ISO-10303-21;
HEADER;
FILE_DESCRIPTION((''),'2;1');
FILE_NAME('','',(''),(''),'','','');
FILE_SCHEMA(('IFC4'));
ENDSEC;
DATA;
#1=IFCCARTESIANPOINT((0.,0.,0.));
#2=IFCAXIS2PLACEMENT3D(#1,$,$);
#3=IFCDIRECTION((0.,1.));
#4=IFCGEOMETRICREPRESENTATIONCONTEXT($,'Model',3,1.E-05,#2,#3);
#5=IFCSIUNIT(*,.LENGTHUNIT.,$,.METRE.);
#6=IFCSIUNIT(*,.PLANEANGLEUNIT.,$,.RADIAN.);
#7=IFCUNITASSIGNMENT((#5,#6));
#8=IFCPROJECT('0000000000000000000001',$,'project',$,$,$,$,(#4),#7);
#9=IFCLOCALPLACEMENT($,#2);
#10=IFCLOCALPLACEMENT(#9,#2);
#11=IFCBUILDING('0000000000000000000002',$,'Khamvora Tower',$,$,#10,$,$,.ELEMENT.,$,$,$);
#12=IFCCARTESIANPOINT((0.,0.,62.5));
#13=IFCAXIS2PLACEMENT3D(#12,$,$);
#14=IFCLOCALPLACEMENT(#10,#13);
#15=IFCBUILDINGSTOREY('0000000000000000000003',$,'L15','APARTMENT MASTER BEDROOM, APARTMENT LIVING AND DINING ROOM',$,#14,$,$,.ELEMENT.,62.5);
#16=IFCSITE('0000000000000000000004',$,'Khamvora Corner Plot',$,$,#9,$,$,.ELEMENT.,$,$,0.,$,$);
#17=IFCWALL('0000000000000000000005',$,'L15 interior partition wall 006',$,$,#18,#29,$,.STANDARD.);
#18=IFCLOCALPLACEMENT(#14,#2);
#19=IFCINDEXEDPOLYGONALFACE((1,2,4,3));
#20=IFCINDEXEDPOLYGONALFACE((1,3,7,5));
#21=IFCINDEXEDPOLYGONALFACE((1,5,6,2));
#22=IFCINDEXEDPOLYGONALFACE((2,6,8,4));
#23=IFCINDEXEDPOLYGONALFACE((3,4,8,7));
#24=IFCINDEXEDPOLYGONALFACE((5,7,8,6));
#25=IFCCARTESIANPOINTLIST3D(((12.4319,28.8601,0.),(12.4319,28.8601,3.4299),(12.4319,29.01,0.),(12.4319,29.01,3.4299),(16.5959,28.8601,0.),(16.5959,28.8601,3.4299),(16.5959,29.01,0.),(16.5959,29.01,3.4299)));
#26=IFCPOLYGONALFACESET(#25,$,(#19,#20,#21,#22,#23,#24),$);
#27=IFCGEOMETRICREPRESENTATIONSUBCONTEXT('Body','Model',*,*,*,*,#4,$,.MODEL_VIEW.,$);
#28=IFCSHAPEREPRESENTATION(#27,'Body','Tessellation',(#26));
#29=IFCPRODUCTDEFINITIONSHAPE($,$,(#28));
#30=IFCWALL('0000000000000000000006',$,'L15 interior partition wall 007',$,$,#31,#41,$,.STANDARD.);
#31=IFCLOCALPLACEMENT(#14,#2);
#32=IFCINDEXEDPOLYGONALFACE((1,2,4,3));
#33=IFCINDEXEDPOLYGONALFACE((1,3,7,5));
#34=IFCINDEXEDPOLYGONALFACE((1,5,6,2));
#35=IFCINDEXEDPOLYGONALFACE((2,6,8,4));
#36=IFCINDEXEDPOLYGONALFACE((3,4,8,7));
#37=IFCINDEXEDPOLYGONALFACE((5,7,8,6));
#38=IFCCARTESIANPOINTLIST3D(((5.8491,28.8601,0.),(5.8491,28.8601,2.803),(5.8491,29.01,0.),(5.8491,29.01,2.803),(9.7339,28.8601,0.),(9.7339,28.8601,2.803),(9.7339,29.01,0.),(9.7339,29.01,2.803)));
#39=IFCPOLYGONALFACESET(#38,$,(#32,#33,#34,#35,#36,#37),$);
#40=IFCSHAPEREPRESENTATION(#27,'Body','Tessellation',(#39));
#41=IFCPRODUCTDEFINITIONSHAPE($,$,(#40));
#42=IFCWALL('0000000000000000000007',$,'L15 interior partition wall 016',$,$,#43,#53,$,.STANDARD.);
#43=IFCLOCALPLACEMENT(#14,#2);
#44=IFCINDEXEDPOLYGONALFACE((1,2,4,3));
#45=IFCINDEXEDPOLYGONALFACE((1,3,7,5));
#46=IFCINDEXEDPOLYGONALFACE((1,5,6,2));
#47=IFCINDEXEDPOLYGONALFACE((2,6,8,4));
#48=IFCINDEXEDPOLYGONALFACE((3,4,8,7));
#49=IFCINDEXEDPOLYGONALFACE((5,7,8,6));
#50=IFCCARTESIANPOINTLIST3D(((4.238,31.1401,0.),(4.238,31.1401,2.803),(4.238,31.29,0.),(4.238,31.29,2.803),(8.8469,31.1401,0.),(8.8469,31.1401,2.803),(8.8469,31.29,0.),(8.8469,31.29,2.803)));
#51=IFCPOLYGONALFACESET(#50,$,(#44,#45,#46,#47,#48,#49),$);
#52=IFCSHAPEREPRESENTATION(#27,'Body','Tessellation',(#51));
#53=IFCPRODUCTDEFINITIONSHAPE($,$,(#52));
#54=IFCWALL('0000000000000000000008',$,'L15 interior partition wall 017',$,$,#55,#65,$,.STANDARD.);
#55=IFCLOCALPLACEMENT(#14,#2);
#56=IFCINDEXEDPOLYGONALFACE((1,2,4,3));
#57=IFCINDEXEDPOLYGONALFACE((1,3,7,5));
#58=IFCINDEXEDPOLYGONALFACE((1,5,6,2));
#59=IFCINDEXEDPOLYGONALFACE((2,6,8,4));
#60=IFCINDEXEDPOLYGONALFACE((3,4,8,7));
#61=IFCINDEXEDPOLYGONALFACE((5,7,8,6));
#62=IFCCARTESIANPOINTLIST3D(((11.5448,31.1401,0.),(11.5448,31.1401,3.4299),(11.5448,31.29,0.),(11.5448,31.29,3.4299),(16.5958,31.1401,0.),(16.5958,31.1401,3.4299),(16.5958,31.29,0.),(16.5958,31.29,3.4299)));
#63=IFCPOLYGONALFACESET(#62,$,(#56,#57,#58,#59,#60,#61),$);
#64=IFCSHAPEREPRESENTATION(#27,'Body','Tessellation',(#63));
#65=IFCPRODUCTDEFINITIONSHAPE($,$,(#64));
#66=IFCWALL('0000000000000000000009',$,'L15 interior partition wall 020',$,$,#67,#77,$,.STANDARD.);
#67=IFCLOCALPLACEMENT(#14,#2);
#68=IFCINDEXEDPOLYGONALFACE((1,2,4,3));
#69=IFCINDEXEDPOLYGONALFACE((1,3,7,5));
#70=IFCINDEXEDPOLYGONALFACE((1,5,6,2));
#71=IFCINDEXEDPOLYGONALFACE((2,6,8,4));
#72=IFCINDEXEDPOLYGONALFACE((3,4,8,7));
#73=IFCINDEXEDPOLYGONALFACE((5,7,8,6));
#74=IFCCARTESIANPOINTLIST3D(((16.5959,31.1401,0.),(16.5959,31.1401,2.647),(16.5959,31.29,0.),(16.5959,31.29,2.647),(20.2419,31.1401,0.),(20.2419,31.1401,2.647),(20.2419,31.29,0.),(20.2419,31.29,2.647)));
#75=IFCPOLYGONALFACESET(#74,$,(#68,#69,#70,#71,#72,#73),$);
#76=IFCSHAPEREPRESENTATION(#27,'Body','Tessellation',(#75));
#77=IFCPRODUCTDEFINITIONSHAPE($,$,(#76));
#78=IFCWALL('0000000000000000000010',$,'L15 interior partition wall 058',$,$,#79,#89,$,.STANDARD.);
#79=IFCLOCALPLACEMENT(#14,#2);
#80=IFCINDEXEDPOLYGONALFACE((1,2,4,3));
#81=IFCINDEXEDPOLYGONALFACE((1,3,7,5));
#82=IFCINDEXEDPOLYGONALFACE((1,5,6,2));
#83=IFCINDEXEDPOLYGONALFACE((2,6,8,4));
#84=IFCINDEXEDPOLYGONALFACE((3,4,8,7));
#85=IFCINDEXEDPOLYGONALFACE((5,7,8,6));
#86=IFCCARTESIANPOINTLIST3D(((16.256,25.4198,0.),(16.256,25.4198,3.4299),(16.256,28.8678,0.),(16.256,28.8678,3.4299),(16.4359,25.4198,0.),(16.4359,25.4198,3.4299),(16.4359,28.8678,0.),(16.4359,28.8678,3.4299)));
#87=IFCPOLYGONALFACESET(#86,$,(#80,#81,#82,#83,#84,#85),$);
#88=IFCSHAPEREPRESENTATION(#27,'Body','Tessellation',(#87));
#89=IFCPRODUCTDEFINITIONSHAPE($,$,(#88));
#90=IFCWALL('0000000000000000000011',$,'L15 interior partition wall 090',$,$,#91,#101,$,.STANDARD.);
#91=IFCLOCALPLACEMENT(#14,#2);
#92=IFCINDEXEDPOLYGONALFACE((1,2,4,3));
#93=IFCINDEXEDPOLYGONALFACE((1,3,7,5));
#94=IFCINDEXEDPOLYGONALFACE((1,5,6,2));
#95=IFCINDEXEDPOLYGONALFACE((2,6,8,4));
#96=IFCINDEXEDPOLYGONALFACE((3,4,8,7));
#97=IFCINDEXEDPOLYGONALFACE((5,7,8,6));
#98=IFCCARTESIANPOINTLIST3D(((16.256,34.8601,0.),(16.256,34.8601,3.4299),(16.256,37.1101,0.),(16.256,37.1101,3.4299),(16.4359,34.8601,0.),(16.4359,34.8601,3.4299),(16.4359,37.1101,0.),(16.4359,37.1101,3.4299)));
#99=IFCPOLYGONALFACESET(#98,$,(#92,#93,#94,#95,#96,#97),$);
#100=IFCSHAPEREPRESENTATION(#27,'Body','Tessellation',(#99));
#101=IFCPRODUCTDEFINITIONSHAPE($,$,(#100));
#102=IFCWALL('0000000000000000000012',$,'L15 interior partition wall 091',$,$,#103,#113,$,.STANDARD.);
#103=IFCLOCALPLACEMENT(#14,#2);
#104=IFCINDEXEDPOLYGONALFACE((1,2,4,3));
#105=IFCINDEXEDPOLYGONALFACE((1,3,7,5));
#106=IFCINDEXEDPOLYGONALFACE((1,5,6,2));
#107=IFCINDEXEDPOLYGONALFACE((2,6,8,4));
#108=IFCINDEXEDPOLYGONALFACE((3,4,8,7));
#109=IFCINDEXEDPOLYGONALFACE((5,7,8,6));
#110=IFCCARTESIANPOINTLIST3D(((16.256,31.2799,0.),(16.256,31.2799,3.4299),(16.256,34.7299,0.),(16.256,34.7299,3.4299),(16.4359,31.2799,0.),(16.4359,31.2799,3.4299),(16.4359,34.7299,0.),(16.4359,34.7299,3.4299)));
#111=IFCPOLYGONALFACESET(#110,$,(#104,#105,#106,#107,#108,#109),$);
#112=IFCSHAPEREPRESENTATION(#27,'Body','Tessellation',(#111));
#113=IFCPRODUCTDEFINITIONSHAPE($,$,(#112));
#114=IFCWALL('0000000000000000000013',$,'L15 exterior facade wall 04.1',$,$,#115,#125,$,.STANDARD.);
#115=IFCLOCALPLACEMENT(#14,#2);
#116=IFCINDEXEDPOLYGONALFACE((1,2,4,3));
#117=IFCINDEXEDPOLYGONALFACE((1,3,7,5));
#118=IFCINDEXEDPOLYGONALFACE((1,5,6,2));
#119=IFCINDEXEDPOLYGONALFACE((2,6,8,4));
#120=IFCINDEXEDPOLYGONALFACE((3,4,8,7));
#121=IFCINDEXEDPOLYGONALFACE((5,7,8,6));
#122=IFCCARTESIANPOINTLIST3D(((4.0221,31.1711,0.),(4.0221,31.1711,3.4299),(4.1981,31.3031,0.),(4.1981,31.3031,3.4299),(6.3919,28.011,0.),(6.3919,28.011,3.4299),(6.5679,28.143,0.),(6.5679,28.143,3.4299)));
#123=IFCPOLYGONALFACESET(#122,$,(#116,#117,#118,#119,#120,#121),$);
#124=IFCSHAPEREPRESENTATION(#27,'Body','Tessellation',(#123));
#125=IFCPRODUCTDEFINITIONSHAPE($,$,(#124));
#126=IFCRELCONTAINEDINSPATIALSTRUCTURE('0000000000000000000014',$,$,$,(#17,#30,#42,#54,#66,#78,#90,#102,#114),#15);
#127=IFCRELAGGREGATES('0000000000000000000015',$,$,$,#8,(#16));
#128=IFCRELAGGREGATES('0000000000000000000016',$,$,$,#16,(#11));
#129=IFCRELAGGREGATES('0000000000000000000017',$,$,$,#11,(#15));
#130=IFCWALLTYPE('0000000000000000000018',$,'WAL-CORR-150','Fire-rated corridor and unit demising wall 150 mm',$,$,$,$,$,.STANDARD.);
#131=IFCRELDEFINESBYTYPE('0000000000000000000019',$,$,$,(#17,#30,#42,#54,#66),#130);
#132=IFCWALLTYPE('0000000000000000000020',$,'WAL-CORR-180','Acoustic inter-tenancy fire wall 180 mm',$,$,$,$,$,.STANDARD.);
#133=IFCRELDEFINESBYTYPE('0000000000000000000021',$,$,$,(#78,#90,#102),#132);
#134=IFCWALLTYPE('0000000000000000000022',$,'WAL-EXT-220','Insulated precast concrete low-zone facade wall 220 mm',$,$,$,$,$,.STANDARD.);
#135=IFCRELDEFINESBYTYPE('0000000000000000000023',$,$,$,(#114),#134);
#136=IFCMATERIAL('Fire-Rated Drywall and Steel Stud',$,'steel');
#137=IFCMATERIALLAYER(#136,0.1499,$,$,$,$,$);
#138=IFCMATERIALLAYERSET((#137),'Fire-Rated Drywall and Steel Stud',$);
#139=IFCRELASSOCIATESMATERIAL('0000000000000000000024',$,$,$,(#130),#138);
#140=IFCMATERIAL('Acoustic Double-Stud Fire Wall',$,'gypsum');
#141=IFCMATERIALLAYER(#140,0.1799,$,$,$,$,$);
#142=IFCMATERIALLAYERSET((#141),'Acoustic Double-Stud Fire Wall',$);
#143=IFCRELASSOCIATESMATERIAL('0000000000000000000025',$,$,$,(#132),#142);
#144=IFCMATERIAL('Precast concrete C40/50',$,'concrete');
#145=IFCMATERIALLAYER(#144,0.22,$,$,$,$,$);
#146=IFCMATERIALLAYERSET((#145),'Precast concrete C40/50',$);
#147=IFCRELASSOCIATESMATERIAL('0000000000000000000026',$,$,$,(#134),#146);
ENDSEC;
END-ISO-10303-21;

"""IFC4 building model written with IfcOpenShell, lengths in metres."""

from ifc_helpers import new_model, si_unit, direction, frame, frame_2d, origin, place, context, subcontext, project, spatial, rectangle, extrude, material, layer, layer_set, type_object, element, save


model = new_model("IFC4")

# Units and contexts
model_context = context("Model", 3, precision=1e-05, world=origin(), true_north=direction((0.0, 1.0)))
body_context = subcontext(model_context, "Body", "Model", "MODEL_VIEW")
ifc_project = project(units=[si_unit("LENGTHUNIT", "METRE"), si_unit("PLANEANGLEUNIT", "RADIAN")], contexts=[model_context])

# Site, building, storey
site_placement = place(None, origin())
site = spatial("IfcSite", under=ifc_project, at=site_placement, Name="Khamvora Corner Plot", CompositionType="ELEMENT", RefElevation=0.0)
building_placement = place(site_placement, origin())
building = spatial("IfcBuilding", under=site, at=building_placement, Name="Khamvora Tower", CompositionType="ELEMENT")
storey_placement = place(building_placement, frame((0.0, 0.0, 62.5)))
storey = spatial("IfcBuildingStorey", under=building, at=storey_placement, Name="L15", Description="APARTMENT MASTER BEDROOM, APARTMENT LIVING AND DINING ROOM", CompositionType="ELEMENT", Elevation=62.5)

# Shared definitions
ifc_material_1 = material(Name="Fire-Rated Drywall and Steel Stud", Category="steel")
ifc_layer_1 = layer(ifc_material_1, 0.1499)
ifc_layer_set_1 = layer_set([ifc_layer_1], Name="Fire-Rated Drywall and Steel Stud")
wall_type_1 = type_object("IfcWallType", Name="WAL-CORR-150", Description="Fire-rated corridor and unit demising wall 150 mm", PredefinedType="STANDARD", material=ifc_layer_set_1)

# Walls
wall_1_placement = place(storey_placement, frame((16.5959, 28.9351, 0.0), z_axis=(0.0, 0.0, 1.0), x_axis=(-1.0, 0.0, 0.0)))
element("IfcWall", 1, at=wall_1_placement, inside=storey, type_object=wall_type_1, Name="L15 interior partition wall 006", PredefinedType="STANDARD", context=body_context, shape_type="SweptSolid", body=[
    extrude(rectangle(XDim=4.1641, YDim=0.1499, at=frame_2d((2.082, 0.0))), origin(), (0.0, 0.0, 1.0), 3.4299),
])
wall_2_placement = place(storey_placement, frame((9.7339, 28.9351, 0.0), z_axis=(0.0, 0.0, 1.0), x_axis=(-1.0, 0.0, 0.0)))
element("IfcWall", 2, at=wall_2_placement, inside=storey, type_object=wall_type_1, Name="L15 interior partition wall 007", PredefinedType="STANDARD", context=body_context, shape_type="SweptSolid", body=[
    extrude(rectangle(XDim=3.8848, YDim=0.1499, at=frame_2d((1.9424, 0.0))), origin(), (0.0, 0.0, 1.0), 2.803),
])

# Walls
wall_3_placement = place(storey_placement, frame((4.238, 31.2151, 0.0), z_axis=(0.0, 0.0, 1.0), x_axis=(1.0, 0.0, 0.0)))
element("IfcWall", 3, at=wall_3_placement, inside=storey, type_object=wall_type_1, Name="L15 interior partition wall 016", PredefinedType="STANDARD", context=body_context, shape_type="SweptSolid", body=[
    extrude(rectangle(XDim=4.6089, YDim=0.1499, at=frame_2d((2.3044, 0.0))), origin(), (0.0, 0.0, 1.0), 2.803),
])
wall_4_placement = place(storey_placement, frame((11.5449, 31.2151, 0.0), z_axis=(0.0, 0.0, 1.0), x_axis=(1.0, 0.0, 0.0)))
element("IfcWall", 4, at=wall_4_placement, inside=storey, type_object=wall_type_1, Name="L15 interior partition wall 017", PredefinedType="STANDARD", context=body_context, shape_type="SweptSolid", body=[
    extrude(rectangle(XDim=5.051, YDim=0.1499, at=frame_2d((2.5254, 0.0))), origin(), (0.0, 0.0, 1.0), 3.4299),
])
wall_5_placement = place(storey_placement, frame((16.5959, 31.2151, 0.0), z_axis=(0.0, 0.0, 1.0), x_axis=(1.0, 0.0, 0.0)))
element("IfcWall", 5, at=wall_5_placement, inside=storey, type_object=wall_type_1, Name="L15 interior partition wall 020", PredefinedType="STANDARD", context=body_context, shape_type="SweptSolid", body=[
    extrude(rectangle(XDim=3.646, YDim=0.1499, at=frame_2d((1.823, 0.0))), origin(), (0.0, 0.0, 1.0), 2.647),
])
ifc_material_2 = material(Name="Acoustic Double-Stud Fire Wall", Category="gypsum")
ifc_layer_2 = layer(ifc_material_2, 0.1799)
ifc_layer_set_2 = layer_set([ifc_layer_2], Name="Acoustic Double-Stud Fire Wall")
wall_type_2 = type_object("IfcWallType", Name="WAL-CORR-180", Description="Acoustic inter-tenancy fire wall 180 mm", PredefinedType="STANDARD", material=ifc_layer_set_2)
wall_6_placement = place(storey_placement, frame((16.3459, 28.8679, 0.0), z_axis=(0.0, 0.0, 1.0), x_axis=(0.0, -1.0, 0.0)))
element("IfcWall", 6, at=wall_6_placement, inside=storey, type_object=wall_type_2, Name="L15 interior partition wall 058", PredefinedType="STANDARD", context=body_context, shape_type="SweptSolid", body=[
    extrude(rectangle(XDim=3.448, YDim=0.1799, at=frame_2d((1.7241, 0.0))), origin(), (0.0, 0.0, 1.0), 3.4299),
])
wall_7_placement = place(storey_placement, frame((16.3459, 37.1101, 0.0), z_axis=(0.0, 0.0, 1.0), x_axis=(0.0, -1.0, 0.0)))
element("IfcWall", 7, at=wall_7_placement, inside=storey, type_object=wall_type_2, Name="L15 interior partition wall 090", PredefinedType="STANDARD", context=body_context, shape_type="SweptSolid", body=[
    extrude(rectangle(XDim=2.25, YDim=0.1799, at=frame_2d((1.125, 0.0))), origin(), (0.0, 0.0, 1.0), 3.4299),
])
wall_8_placement = place(storey_placement, frame((16.3459, 34.73, 0.0), z_axis=(0.0, 0.0, 1.0), x_axis=(0.0, -1.0, 0.0)))
element("IfcWall", 8, at=wall_8_placement, inside=storey, type_object=wall_type_2, Name="L15 interior partition wall 091", PredefinedType="STANDARD", context=body_context, shape_type="SweptSolid", body=[
    extrude(rectangle(XDim=3.45, YDim=0.1799, at=frame_2d((1.7251, 0.0))), origin(), (0.0, 0.0, 1.0), 3.4299),
])
ifc_material_3 = material(Name="Precast concrete C40/50", Category="concrete")
ifc_layer_3 = layer(ifc_material_3, 0.22)
ifc_layer_set_3 = layer_set([ifc_layer_3], Name="Precast concrete C40/50")
wall_type_3 = type_object("IfcWallType", Name="WAL-EXT-220", Description="Insulated precast concrete low-zone facade wall 220 mm", PredefinedType="STANDARD", material=ifc_layer_set_3)
wall_9_placement = place(storey_placement, frame((6.48, 28.0769, 0.0), z_axis=(0.0, 0.0, 1.0), x_axis=(-0.59996, 0.80003, 0.0)))
element("IfcWall", 9, at=wall_9_placement, inside=storey, type_object=wall_type_3, Name="L15 exterior facade wall 04.1", PredefinedType="STANDARD", context=body_context, shape_type="SweptSolid", body=[
    extrude(rectangle(XDim=3.95, YDim=0.22, at=frame_2d((1.9751, 0.0))), origin(), (0.0, 0.0, 1.0), 3.4299),
])

save(model, "model.ifc")
